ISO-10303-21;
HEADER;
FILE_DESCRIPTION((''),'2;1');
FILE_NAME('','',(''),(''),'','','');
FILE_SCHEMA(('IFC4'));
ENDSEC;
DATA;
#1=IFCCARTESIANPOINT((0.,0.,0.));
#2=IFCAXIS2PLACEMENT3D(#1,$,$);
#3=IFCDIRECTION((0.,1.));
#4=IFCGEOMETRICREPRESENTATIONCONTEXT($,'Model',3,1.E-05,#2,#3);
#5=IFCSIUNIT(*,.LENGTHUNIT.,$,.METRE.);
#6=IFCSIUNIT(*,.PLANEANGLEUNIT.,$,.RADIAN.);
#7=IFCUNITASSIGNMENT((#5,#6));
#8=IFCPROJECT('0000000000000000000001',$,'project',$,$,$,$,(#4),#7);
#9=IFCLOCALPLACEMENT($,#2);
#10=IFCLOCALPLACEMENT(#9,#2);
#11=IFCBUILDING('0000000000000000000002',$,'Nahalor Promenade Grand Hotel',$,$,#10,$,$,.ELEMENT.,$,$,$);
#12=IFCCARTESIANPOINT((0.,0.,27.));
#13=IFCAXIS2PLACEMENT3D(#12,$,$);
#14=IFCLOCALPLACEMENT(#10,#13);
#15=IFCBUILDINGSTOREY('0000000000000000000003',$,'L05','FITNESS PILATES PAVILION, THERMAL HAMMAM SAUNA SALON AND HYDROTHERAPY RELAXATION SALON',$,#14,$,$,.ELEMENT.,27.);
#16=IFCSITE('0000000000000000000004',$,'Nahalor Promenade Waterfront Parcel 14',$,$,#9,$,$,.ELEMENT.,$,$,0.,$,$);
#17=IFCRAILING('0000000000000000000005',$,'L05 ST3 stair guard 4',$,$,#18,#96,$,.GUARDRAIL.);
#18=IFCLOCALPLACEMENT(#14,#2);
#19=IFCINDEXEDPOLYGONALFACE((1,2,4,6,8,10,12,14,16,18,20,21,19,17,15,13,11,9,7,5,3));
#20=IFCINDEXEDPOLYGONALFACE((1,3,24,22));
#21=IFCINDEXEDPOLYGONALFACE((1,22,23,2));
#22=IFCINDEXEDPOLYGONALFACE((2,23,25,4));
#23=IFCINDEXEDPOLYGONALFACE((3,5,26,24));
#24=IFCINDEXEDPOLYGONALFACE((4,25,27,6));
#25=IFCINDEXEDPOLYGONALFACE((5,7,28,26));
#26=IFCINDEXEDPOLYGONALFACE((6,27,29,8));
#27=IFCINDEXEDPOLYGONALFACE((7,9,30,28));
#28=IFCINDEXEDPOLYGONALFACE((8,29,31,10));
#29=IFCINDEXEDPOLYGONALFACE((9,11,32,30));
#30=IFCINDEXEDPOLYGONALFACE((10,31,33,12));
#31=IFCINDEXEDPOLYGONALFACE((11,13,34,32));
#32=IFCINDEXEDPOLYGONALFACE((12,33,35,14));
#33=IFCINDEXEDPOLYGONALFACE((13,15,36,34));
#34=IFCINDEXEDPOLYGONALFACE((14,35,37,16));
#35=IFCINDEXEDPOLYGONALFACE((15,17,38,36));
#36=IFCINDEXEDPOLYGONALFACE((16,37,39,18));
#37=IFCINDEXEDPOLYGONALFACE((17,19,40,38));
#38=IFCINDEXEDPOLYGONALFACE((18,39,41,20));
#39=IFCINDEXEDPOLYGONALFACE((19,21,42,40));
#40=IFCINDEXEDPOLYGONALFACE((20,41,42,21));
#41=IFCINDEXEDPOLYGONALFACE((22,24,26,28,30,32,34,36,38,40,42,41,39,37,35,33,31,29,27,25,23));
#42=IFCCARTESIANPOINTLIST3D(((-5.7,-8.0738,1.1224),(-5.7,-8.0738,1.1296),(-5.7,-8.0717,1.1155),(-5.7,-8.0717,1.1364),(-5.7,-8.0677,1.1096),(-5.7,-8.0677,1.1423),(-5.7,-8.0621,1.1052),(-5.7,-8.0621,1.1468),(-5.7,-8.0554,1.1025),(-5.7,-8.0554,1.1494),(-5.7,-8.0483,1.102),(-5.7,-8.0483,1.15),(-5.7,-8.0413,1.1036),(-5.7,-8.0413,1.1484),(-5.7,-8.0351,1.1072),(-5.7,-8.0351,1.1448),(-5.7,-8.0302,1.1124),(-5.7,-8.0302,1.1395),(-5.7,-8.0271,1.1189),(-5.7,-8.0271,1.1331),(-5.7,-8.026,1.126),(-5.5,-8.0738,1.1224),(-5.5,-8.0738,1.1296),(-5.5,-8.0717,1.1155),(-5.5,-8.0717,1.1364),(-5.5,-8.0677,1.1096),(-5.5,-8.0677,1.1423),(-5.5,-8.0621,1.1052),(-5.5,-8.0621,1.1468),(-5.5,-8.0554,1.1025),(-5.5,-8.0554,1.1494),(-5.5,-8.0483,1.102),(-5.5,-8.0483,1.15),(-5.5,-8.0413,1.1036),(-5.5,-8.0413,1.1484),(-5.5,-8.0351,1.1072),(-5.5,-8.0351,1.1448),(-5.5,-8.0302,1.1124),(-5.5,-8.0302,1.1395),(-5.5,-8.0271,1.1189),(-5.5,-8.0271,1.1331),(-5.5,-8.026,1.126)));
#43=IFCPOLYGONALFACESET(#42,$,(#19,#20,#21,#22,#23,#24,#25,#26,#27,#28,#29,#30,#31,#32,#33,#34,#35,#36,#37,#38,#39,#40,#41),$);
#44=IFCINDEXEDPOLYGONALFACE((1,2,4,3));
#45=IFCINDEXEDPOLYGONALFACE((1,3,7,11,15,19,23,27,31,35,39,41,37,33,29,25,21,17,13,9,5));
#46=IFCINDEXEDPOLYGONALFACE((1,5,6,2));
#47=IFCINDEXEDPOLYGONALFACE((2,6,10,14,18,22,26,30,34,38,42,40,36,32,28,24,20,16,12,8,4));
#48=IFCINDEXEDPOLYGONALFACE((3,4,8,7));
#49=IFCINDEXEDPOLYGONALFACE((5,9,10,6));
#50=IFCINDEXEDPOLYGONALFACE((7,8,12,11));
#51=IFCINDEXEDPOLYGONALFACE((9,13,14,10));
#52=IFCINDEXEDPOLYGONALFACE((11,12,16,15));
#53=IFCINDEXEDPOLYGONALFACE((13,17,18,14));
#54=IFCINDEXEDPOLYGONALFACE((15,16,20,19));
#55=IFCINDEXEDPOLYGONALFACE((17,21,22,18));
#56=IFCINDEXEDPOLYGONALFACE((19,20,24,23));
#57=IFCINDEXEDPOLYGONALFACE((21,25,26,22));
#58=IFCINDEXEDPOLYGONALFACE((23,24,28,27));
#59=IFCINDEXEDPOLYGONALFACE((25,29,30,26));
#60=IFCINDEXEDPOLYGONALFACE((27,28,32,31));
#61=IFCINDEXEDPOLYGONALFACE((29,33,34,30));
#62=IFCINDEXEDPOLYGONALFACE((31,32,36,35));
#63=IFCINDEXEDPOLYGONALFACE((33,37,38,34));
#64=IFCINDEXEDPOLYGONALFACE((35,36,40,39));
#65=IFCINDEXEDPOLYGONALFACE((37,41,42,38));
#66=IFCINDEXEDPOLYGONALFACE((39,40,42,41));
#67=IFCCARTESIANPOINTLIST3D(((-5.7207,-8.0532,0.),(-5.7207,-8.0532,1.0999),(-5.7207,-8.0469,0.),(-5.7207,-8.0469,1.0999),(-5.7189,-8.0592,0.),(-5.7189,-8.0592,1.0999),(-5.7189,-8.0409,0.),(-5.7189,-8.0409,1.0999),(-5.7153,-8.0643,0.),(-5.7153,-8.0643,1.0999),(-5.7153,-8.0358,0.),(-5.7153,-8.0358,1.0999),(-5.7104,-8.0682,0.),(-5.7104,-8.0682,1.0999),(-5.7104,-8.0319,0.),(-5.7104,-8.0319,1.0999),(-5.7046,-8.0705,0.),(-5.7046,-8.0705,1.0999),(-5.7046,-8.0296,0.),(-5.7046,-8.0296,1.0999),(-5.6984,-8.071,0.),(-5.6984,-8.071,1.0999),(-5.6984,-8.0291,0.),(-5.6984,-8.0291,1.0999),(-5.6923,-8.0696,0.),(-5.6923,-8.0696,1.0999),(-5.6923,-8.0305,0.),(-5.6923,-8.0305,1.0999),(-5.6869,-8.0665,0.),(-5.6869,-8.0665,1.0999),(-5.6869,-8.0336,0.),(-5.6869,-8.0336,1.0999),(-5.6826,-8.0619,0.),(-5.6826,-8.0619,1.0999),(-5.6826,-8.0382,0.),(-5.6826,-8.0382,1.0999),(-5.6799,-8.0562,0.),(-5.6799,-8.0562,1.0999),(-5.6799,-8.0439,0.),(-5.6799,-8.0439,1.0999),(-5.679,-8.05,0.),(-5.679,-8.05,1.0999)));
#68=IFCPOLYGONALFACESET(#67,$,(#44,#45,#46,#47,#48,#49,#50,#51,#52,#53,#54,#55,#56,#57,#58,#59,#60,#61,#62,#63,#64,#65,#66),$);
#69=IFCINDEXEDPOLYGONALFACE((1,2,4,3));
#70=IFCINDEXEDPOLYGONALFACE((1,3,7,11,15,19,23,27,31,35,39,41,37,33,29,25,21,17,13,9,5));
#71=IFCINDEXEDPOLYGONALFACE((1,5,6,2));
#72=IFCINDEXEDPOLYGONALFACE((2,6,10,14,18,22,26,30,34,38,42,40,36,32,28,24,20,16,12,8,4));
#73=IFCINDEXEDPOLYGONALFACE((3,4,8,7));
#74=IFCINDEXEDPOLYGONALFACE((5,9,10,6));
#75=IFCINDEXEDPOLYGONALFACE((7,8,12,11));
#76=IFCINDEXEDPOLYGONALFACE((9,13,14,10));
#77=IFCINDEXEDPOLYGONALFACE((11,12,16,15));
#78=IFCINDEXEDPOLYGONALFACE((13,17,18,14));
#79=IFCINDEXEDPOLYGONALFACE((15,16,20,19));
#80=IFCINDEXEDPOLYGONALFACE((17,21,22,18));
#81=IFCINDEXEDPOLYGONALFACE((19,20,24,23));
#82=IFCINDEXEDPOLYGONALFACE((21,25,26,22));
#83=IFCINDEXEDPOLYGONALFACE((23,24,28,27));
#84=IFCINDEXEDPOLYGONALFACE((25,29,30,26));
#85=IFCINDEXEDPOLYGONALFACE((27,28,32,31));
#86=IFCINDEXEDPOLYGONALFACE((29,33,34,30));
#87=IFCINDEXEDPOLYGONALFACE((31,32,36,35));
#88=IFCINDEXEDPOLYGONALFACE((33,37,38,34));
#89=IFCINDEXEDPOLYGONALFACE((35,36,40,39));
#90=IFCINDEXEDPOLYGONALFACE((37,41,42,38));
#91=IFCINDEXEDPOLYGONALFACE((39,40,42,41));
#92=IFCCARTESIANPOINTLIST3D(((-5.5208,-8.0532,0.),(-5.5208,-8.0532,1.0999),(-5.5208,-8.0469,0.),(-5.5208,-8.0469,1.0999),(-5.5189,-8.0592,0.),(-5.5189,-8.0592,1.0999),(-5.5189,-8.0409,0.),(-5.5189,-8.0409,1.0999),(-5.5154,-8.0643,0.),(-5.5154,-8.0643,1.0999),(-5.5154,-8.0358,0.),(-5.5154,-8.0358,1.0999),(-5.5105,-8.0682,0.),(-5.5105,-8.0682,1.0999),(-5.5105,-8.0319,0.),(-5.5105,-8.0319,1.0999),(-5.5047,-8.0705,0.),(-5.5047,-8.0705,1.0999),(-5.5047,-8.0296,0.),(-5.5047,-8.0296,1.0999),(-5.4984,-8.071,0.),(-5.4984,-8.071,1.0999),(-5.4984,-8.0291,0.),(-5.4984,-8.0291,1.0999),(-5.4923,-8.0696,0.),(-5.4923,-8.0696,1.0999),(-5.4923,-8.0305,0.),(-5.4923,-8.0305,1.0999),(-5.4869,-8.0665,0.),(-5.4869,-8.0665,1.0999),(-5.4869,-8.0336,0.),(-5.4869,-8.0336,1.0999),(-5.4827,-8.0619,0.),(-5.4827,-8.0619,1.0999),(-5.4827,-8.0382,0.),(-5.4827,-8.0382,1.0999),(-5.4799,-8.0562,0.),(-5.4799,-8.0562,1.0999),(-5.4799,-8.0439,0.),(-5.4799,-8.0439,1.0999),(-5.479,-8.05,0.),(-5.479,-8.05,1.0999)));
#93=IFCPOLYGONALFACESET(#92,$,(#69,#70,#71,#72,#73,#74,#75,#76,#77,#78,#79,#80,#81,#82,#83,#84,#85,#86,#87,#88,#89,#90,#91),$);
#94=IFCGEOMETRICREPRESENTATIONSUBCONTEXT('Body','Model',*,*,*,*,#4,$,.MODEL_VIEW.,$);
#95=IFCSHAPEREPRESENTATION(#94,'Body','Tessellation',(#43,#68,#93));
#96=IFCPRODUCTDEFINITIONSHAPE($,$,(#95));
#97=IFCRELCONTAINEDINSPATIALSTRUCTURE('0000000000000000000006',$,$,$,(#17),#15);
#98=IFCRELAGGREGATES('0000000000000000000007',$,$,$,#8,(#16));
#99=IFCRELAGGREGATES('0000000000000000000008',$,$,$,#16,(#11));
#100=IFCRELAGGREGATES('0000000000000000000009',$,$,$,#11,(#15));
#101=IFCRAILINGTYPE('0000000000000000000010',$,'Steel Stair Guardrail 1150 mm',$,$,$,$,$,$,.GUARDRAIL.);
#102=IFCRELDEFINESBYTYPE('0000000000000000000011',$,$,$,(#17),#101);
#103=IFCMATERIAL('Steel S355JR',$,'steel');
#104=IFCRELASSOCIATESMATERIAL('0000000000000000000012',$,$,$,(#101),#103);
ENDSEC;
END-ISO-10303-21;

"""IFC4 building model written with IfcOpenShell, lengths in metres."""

from ifc_helpers import new_model, si_unit, direction, frame, origin, origin_2d, place, context, subcontext, project, spatial, circle, extrude, material, type_object, element, save


model = new_model("IFC4")

# Units and contexts
model_context = context("Model", 3, precision=1e-05, world=origin(), true_north=direction((0.0, 1.0)))
body_context = subcontext(model_context, "Body", "Model", "MODEL_VIEW")
ifc_project = project(units=[si_unit("LENGTHUNIT", "METRE"), si_unit("PLANEANGLEUNIT", "RADIAN")], contexts=[model_context])

# Site, building, storey
site_placement = place(None, origin())
site = spatial("IfcSite", under=ifc_project, at=site_placement, Name="Nahalor Promenade Waterfront Parcel 14", CompositionType="ELEMENT", RefElevation=0.0)
building_placement = place(site_placement, origin())
building = spatial("IfcBuilding", under=site, at=building_placement, Name="Nahalor Promenade Grand Hotel", CompositionType="ELEMENT")
storey_placement = place(building_placement, frame((0.0, 0.0, 27.0)))
storey = spatial("IfcBuildingStorey", under=building, at=storey_placement, Name="L05", Description="FITNESS PILATES PAVILION, THERMAL HAMMAM SAUNA SALON AND HYDROTHERAPY RELAXATION SALON", CompositionType="ELEMENT", Elevation=27.0)

# Shared definitions
ifc_material_1 = material(Name="Steel S355JR", Category="steel")

# Railing
railing_type_1 = type_object("IfcRailingType", Name="Steel Stair Guardrail 1150 mm", PredefinedType="GUARDRAIL", material=ifc_material_1)
railing_1_placement = place(storey_placement, frame((-5.7, -8.05, 0.0)))
element("IfcRailing", 1, at=railing_1_placement, inside=storey, type_object=railing_type_1, Name="L05 ST3 stair guard 4", PredefinedType="GUARDRAIL", context=body_context, shape_type="SweptSolid", body=[
    extrude(circle(Radius=0.024, at=origin_2d()), frame((0.0, 0.0, 1.126), z_axis=(1.0, 0.0, 0.0), x_axis=(0.0, 1.0, 0.0)), (0.0, 0.0, 1.0), 0.2),
    extrude(circle(Radius=0.021, at=origin_2d()), origin(), (0.0, 0.0, 1.0), 1.0999),
    extrude(circle(Radius=0.021, at=origin_2d()), frame((0.2, 0.0, 0.0)), (0.0, 0.0, 1.0), 1.0999),
])

save(model, "model.ifc")
